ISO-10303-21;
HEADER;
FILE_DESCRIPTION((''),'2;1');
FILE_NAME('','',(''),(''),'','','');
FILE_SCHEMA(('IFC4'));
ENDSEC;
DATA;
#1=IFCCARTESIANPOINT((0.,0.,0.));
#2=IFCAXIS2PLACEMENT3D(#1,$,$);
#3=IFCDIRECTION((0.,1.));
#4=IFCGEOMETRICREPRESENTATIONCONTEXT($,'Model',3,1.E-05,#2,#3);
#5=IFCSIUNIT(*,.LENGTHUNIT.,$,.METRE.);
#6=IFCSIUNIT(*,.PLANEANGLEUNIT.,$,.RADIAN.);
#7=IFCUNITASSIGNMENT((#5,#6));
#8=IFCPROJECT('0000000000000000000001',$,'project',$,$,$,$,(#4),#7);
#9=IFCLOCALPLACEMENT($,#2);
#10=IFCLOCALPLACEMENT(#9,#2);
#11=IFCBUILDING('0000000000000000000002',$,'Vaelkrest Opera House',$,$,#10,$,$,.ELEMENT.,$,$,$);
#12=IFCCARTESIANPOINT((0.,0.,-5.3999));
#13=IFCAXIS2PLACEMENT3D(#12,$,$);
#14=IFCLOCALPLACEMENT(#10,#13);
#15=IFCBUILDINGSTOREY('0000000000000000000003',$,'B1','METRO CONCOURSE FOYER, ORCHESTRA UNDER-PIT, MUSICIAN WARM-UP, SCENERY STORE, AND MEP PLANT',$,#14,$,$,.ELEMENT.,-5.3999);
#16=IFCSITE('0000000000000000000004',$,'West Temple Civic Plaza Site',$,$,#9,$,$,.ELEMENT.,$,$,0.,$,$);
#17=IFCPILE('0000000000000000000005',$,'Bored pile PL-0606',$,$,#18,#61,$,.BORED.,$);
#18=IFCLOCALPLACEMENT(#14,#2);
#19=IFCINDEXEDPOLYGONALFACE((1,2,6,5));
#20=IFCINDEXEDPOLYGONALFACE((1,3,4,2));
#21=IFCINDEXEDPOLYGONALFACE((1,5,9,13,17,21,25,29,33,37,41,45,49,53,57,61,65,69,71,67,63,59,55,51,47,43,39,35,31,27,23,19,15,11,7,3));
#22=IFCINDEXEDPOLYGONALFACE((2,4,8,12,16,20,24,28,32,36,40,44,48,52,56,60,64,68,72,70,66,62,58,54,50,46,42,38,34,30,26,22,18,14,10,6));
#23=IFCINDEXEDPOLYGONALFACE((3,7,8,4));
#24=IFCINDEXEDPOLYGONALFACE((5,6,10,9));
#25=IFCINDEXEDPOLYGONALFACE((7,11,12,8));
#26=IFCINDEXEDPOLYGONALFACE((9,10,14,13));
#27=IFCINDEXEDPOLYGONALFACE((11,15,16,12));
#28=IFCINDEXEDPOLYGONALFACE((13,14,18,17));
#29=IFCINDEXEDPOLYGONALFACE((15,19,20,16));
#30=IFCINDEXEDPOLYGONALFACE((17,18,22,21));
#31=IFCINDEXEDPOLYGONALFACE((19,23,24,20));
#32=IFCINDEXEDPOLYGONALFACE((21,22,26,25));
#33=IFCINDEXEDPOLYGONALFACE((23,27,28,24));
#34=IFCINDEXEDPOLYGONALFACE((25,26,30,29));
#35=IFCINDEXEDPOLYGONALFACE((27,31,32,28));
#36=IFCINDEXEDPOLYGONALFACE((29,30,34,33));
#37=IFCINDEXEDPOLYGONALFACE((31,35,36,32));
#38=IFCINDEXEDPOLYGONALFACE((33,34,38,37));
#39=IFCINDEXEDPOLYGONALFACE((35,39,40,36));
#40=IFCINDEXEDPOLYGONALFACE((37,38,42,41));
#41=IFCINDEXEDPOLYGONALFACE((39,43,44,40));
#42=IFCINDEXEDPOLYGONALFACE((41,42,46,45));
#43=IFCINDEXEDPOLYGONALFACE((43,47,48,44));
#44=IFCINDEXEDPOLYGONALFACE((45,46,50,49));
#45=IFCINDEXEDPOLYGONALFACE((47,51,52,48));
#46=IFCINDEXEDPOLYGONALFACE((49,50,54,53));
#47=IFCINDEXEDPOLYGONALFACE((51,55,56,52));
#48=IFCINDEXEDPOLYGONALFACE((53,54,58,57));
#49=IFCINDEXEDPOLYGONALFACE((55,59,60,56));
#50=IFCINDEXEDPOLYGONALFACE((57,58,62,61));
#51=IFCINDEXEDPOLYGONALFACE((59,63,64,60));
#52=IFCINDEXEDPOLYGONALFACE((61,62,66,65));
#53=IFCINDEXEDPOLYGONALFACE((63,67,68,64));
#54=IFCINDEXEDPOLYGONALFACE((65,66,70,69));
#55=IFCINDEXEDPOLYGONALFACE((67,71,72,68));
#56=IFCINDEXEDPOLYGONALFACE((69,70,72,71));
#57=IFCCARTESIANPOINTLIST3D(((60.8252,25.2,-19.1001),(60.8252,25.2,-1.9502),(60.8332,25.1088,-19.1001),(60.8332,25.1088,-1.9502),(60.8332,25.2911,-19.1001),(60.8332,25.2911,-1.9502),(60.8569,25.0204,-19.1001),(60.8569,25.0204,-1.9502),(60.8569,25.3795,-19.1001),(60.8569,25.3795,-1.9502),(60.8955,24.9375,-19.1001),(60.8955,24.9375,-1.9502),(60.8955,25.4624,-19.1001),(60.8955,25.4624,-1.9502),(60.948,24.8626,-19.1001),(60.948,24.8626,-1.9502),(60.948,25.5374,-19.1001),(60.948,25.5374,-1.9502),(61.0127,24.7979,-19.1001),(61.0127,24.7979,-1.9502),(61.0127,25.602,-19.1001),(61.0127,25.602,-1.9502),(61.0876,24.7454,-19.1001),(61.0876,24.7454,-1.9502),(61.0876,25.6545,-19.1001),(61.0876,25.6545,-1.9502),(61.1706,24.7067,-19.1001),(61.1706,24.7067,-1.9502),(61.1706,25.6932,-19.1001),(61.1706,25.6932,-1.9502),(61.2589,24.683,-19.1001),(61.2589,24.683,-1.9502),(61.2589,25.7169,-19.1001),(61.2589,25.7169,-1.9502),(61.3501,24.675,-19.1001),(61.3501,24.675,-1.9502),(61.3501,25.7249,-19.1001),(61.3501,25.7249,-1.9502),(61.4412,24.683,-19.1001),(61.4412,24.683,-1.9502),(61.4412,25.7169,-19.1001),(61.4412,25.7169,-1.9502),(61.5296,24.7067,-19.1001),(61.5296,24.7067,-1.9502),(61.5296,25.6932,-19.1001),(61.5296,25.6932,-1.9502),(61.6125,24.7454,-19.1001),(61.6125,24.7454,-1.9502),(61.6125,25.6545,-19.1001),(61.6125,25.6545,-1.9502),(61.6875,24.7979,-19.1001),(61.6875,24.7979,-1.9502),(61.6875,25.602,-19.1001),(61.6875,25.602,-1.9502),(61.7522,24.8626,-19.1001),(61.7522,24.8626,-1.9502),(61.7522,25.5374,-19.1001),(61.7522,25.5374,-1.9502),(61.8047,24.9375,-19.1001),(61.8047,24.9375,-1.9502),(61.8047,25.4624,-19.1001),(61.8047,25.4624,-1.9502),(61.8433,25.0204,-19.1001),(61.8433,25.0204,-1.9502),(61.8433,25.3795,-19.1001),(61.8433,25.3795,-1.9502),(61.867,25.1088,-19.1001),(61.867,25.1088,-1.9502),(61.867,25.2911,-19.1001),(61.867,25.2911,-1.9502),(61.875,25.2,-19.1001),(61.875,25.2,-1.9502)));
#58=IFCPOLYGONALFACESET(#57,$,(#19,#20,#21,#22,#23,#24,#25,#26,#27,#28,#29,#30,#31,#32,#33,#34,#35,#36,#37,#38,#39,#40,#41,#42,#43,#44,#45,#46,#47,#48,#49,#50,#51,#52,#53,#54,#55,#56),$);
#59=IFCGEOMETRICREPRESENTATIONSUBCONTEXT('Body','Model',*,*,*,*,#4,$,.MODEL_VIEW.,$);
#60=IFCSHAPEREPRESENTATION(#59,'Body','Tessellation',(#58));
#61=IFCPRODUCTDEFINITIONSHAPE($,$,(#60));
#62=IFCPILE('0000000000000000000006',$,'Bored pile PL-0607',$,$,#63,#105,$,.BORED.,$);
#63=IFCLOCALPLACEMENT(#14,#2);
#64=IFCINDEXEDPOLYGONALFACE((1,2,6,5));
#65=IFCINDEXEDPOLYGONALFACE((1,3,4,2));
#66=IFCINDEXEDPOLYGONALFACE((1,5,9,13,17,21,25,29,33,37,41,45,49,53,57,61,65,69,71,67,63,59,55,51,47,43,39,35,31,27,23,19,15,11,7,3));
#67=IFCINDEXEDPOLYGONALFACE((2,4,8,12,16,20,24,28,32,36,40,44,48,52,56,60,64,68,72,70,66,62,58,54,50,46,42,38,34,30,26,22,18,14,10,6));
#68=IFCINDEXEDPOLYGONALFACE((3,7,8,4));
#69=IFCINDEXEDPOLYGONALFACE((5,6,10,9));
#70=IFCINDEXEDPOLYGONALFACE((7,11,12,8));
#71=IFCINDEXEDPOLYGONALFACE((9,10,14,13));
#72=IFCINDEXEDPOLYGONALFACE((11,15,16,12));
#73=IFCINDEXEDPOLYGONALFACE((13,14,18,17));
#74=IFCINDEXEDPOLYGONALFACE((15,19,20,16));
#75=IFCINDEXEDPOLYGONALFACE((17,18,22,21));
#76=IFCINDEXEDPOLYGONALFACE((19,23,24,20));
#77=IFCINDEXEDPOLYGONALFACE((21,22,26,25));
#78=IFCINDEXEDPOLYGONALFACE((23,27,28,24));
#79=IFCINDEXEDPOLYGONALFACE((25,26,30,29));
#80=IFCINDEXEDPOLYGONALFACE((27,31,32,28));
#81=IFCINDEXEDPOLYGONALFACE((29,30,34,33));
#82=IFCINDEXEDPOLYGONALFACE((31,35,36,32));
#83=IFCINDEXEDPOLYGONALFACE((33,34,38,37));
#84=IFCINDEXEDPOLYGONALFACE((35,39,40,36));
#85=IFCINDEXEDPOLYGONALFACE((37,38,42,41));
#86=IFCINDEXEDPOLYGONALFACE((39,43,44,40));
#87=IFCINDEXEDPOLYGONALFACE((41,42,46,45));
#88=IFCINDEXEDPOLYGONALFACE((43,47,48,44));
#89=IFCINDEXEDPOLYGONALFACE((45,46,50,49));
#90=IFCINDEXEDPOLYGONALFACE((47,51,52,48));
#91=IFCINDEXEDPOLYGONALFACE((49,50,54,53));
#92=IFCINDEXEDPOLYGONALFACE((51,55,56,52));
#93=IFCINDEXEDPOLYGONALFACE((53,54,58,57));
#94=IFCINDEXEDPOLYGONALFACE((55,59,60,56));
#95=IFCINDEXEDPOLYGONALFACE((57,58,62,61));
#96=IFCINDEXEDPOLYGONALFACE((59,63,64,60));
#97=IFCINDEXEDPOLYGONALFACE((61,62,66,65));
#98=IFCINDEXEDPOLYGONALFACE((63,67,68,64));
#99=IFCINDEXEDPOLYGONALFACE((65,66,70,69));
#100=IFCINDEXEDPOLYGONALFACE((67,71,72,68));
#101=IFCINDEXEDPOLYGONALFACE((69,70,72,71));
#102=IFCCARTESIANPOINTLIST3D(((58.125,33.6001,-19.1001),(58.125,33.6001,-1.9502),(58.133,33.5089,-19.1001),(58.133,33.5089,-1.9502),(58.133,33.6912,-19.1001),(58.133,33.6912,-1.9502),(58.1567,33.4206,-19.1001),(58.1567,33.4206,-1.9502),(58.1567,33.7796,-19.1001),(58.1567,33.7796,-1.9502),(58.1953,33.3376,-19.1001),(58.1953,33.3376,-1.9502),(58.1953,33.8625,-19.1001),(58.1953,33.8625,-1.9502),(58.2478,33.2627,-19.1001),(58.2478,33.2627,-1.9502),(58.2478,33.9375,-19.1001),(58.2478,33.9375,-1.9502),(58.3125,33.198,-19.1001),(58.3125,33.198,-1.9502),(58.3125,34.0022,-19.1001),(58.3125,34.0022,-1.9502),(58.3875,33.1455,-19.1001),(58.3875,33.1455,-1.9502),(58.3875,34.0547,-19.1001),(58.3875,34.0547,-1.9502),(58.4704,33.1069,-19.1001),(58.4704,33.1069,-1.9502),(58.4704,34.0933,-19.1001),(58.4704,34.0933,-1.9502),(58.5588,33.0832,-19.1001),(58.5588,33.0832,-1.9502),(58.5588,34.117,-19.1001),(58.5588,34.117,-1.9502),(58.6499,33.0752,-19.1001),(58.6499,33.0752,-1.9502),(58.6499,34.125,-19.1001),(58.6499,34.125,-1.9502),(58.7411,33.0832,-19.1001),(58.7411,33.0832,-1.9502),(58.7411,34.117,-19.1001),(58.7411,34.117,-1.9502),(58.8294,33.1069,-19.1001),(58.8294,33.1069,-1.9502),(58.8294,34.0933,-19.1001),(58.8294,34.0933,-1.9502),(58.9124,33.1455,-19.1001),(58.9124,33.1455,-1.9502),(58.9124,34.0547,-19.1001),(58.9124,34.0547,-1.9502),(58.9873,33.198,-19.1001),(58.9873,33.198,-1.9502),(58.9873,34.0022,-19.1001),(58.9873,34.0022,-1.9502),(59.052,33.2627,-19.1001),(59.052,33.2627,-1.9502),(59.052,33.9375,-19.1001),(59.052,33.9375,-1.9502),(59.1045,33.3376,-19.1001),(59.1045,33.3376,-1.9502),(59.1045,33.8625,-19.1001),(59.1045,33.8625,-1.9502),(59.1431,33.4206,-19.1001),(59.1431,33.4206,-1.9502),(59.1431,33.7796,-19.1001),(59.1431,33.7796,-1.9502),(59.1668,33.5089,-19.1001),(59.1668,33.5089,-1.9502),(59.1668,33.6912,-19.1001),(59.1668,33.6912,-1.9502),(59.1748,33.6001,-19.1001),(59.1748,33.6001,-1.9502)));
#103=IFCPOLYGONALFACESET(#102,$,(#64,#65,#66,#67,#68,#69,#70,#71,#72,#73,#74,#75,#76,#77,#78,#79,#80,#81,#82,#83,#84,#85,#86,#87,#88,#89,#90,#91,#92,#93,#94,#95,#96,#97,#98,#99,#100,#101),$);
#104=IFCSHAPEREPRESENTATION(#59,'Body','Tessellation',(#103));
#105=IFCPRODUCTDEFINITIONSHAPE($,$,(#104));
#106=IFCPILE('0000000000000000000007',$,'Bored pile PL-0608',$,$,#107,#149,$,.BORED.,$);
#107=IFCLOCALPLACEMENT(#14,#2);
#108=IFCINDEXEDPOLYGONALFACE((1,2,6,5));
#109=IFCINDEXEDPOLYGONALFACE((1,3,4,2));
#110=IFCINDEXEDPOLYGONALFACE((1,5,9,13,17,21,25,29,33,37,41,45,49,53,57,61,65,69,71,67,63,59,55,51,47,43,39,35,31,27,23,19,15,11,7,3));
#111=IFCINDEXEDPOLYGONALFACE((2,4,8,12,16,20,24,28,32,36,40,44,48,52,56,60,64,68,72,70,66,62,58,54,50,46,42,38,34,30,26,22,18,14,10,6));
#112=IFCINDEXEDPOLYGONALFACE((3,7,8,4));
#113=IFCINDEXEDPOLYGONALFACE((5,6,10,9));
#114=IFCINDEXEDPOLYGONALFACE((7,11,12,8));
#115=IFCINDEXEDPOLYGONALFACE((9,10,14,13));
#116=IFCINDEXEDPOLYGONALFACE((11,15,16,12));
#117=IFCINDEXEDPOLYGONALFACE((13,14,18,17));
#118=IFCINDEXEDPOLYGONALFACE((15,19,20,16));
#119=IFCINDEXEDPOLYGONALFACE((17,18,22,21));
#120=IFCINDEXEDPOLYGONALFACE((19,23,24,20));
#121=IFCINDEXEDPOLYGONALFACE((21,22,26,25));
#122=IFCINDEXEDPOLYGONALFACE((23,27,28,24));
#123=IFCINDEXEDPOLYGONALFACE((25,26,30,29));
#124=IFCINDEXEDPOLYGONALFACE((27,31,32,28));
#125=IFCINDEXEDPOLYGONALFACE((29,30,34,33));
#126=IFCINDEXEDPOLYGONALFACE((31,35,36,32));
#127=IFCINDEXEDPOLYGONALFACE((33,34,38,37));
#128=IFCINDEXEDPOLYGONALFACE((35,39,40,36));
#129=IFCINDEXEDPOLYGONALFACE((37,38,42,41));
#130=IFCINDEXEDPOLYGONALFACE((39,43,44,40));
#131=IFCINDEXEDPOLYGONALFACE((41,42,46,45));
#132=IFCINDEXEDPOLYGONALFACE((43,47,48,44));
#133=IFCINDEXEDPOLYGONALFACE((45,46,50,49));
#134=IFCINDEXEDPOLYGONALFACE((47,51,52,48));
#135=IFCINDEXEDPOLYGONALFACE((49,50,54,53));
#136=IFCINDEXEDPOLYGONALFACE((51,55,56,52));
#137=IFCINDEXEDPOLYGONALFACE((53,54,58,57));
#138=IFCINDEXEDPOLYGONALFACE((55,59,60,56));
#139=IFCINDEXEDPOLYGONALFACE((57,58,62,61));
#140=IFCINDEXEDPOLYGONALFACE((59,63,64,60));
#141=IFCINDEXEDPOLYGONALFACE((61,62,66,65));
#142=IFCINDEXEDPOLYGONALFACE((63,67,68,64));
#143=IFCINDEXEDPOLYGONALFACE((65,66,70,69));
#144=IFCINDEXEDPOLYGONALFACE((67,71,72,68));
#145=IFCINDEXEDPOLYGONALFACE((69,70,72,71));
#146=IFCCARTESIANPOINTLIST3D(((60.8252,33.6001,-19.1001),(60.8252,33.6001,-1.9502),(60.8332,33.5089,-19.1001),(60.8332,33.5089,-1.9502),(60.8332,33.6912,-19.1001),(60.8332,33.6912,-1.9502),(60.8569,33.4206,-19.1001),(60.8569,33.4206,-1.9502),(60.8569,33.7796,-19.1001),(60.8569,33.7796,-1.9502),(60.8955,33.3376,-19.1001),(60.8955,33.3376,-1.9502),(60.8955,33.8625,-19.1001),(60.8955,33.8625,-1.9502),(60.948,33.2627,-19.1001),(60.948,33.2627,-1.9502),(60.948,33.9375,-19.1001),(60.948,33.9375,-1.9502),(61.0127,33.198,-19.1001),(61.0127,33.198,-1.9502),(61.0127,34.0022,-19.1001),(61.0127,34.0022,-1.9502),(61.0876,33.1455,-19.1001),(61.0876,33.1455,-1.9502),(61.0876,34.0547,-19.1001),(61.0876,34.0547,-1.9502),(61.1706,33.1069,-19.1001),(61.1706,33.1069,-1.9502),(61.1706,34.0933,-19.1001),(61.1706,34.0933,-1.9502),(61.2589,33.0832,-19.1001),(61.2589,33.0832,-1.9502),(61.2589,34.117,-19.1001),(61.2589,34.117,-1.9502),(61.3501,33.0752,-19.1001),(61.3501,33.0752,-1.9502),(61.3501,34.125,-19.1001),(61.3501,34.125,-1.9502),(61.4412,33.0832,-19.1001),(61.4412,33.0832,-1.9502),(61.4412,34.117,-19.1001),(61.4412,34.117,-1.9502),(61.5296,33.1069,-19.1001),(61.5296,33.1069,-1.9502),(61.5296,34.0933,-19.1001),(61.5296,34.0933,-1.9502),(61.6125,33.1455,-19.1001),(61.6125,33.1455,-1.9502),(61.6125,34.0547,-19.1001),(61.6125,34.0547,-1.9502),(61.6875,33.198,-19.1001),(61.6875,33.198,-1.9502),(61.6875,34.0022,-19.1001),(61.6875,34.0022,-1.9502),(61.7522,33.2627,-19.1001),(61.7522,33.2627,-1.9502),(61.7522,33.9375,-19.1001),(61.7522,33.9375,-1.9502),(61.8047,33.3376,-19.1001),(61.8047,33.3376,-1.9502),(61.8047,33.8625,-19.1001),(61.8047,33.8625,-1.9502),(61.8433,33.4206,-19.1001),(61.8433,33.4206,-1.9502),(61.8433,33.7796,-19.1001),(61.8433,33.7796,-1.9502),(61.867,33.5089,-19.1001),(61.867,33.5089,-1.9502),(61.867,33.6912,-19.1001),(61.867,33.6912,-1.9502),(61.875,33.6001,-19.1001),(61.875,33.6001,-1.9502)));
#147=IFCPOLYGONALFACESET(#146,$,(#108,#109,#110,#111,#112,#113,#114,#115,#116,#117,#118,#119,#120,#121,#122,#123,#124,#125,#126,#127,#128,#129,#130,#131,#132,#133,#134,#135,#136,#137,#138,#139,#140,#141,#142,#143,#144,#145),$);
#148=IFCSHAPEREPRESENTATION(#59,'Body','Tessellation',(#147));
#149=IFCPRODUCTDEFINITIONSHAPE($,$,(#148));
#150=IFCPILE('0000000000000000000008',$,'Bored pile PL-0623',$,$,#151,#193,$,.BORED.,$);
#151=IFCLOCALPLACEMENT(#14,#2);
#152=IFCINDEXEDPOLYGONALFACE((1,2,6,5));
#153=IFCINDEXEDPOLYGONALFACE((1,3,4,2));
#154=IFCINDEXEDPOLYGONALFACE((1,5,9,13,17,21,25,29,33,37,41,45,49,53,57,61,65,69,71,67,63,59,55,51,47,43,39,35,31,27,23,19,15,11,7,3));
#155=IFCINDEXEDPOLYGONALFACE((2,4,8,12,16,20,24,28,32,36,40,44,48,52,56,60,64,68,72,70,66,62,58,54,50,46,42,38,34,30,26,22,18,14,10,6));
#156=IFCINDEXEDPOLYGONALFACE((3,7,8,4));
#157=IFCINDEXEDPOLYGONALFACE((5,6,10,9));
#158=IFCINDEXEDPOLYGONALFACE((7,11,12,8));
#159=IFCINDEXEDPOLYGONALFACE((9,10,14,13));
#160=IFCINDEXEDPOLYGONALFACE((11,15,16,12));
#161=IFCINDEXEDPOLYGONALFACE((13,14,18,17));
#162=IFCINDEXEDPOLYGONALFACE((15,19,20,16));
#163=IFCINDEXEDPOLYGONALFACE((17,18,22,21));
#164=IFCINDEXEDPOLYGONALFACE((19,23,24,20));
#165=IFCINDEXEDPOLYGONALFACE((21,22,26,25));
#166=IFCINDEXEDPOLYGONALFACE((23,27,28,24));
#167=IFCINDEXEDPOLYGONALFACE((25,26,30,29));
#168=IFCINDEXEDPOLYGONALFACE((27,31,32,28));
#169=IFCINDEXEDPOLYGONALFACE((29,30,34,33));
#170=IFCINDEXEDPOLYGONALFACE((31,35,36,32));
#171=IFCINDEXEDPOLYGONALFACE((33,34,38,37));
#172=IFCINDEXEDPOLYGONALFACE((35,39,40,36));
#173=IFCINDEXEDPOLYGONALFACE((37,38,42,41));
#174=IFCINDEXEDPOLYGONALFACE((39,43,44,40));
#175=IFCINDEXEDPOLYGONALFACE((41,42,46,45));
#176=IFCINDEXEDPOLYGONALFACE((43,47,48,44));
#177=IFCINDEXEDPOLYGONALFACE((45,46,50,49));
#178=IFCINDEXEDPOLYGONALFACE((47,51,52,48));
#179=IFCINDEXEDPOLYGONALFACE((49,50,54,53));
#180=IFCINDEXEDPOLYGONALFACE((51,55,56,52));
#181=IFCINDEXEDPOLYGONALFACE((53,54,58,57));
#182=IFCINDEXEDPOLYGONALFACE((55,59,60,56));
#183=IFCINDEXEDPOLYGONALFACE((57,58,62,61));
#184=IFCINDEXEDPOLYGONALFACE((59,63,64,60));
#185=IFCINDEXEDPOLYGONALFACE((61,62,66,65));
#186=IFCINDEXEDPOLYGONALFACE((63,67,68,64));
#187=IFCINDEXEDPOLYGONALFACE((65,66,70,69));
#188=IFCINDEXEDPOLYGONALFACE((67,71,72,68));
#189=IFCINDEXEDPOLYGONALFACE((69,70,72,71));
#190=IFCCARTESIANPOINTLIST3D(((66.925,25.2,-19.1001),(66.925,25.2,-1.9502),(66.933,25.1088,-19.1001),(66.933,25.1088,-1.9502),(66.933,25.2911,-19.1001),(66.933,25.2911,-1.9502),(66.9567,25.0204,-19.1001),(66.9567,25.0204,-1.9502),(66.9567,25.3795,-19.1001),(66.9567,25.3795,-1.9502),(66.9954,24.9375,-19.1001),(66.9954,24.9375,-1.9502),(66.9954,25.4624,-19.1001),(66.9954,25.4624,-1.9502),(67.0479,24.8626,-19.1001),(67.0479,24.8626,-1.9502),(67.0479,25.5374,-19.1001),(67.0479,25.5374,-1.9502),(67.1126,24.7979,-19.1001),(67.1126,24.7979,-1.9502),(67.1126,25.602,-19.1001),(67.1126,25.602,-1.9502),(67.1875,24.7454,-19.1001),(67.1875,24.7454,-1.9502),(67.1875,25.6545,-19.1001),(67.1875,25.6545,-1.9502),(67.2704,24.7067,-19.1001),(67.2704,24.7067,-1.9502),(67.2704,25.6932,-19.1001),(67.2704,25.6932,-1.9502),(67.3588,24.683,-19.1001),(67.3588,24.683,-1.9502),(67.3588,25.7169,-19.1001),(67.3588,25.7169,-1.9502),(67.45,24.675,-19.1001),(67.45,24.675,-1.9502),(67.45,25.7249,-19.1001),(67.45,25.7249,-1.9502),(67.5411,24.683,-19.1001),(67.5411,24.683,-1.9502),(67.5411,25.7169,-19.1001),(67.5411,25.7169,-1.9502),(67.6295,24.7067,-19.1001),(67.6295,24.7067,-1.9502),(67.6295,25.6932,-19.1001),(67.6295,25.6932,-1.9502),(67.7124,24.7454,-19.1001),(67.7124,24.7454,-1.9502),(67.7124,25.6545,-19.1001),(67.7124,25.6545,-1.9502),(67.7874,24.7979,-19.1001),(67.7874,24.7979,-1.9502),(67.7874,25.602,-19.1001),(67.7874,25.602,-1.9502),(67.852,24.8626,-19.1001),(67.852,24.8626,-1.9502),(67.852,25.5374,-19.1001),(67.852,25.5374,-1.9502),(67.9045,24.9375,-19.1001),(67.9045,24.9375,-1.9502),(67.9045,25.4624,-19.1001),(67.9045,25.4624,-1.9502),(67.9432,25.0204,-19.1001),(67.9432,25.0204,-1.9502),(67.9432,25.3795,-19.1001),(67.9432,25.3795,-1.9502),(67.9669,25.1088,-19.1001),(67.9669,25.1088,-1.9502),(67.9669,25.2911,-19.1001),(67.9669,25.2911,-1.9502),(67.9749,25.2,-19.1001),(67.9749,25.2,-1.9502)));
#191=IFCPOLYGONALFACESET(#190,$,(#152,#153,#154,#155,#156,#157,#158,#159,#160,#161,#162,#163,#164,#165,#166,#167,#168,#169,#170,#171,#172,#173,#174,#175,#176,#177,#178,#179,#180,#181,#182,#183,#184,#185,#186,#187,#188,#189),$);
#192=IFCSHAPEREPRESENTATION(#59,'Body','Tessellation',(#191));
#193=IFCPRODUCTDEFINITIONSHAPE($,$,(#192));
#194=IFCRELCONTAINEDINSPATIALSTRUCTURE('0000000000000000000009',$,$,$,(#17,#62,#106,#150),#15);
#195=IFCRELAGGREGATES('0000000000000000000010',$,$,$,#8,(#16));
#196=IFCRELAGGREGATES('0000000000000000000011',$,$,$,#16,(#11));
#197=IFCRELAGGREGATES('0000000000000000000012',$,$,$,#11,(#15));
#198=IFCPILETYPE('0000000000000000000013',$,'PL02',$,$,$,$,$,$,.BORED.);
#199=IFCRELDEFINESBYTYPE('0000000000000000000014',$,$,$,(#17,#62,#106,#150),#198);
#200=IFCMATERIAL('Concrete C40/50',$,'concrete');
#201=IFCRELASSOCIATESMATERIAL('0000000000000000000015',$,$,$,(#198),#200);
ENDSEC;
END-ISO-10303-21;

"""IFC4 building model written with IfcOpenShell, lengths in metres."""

from ifc_helpers import new_model, si_unit, direction, frame, origin, origin_2d, place, context, subcontext, project, spatial, circle, extrude, material, material_profile, profile_set, type_object, element, save


model = new_model("IFC4")

# Units and contexts
model_context = context("Model", 3, precision=1e-05, world=origin(), true_north=direction((0.0, 1.0)))
body_context = subcontext(model_context, "Body", "Model", "MODEL_VIEW")
ifc_project = project(units=[si_unit("LENGTHUNIT", "METRE"), si_unit("PLANEANGLEUNIT", "RADIAN")], contexts=[model_context])

# Site, building, storey
site_placement = place(None, origin())
site = spatial("IfcSite", under=ifc_project, at=site_placement, Name="West Temple Civic Plaza Site", CompositionType="ELEMENT", RefElevation=0.0)
building_placement = place(site_placement, origin())
building = spatial("IfcBuilding", under=site, at=building_placement, Name="Vaelkrest Opera House", CompositionType="ELEMENT")
storey_placement = place(building_placement, frame((0.0, 0.0, -5.3999)))
storey = spatial("IfcBuildingStorey", under=building, at=storey_placement, Name="B1", Description="METRO CONCOURSE FOYER, ORCHESTRA UNDER-PIT, MUSICIAN WARM-UP, SCENERY STORE, AND MEP PLANT", CompositionType="ELEMENT", Elevation=-5.3999)

# Shared definitions
ifc_material_1 = material(Name="Concrete C40/50", Category="concrete")

# Piles
ifc_material_profile_1 = material_profile(ifc_material_1, circle(Radius=0.5249, at=origin_2d()), Name="PILE1050")
ifc_profile_set_1 = profile_set([ifc_material_profile_1], Name="Concrete C40/50")
pile_type = type_object("IfcPileType", Name="PL02", PredefinedType="BORED", material=ifc_profile_set_1)
for number, where, z_axis, x_axis, name in (
    (1, (61.3501, 25.2, -1.9502), (0.0, 0.0, -1.0), (1.0, 0.0, 0.0), "Bored pile PL-0606"),
    (2, (58.6499, 33.6001, -1.9502), (0.0, 0.0, -1.0), (1.0, 0.0, 0.0), "Bored pile PL-0607"),
    (3, (61.3501, 33.6001, -1.9502), (0.0, 0.0, -1.0), (1.0, 0.0, 0.0), "Bored pile PL-0608"),
    (4, (67.45, 25.2, -1.9502), (0.0, 0.0, -1.0), (1.0, 0.0, 0.0), "Bored pile PL-0623"),
):
    element("IfcPile", number, at=place(storey_placement, frame(where, z_axis=z_axis, x_axis=x_axis)), inside=storey, type_object=pile_type, Name=name, PredefinedType="BORED", context=body_context, shape_type="SweptSolid", body=[
        extrude(circle(Radius=0.5249, at=origin_2d()), origin(), (0.0, 0.0, 1.0), 17.1499),
    ])

save(model, "model.ifc")
